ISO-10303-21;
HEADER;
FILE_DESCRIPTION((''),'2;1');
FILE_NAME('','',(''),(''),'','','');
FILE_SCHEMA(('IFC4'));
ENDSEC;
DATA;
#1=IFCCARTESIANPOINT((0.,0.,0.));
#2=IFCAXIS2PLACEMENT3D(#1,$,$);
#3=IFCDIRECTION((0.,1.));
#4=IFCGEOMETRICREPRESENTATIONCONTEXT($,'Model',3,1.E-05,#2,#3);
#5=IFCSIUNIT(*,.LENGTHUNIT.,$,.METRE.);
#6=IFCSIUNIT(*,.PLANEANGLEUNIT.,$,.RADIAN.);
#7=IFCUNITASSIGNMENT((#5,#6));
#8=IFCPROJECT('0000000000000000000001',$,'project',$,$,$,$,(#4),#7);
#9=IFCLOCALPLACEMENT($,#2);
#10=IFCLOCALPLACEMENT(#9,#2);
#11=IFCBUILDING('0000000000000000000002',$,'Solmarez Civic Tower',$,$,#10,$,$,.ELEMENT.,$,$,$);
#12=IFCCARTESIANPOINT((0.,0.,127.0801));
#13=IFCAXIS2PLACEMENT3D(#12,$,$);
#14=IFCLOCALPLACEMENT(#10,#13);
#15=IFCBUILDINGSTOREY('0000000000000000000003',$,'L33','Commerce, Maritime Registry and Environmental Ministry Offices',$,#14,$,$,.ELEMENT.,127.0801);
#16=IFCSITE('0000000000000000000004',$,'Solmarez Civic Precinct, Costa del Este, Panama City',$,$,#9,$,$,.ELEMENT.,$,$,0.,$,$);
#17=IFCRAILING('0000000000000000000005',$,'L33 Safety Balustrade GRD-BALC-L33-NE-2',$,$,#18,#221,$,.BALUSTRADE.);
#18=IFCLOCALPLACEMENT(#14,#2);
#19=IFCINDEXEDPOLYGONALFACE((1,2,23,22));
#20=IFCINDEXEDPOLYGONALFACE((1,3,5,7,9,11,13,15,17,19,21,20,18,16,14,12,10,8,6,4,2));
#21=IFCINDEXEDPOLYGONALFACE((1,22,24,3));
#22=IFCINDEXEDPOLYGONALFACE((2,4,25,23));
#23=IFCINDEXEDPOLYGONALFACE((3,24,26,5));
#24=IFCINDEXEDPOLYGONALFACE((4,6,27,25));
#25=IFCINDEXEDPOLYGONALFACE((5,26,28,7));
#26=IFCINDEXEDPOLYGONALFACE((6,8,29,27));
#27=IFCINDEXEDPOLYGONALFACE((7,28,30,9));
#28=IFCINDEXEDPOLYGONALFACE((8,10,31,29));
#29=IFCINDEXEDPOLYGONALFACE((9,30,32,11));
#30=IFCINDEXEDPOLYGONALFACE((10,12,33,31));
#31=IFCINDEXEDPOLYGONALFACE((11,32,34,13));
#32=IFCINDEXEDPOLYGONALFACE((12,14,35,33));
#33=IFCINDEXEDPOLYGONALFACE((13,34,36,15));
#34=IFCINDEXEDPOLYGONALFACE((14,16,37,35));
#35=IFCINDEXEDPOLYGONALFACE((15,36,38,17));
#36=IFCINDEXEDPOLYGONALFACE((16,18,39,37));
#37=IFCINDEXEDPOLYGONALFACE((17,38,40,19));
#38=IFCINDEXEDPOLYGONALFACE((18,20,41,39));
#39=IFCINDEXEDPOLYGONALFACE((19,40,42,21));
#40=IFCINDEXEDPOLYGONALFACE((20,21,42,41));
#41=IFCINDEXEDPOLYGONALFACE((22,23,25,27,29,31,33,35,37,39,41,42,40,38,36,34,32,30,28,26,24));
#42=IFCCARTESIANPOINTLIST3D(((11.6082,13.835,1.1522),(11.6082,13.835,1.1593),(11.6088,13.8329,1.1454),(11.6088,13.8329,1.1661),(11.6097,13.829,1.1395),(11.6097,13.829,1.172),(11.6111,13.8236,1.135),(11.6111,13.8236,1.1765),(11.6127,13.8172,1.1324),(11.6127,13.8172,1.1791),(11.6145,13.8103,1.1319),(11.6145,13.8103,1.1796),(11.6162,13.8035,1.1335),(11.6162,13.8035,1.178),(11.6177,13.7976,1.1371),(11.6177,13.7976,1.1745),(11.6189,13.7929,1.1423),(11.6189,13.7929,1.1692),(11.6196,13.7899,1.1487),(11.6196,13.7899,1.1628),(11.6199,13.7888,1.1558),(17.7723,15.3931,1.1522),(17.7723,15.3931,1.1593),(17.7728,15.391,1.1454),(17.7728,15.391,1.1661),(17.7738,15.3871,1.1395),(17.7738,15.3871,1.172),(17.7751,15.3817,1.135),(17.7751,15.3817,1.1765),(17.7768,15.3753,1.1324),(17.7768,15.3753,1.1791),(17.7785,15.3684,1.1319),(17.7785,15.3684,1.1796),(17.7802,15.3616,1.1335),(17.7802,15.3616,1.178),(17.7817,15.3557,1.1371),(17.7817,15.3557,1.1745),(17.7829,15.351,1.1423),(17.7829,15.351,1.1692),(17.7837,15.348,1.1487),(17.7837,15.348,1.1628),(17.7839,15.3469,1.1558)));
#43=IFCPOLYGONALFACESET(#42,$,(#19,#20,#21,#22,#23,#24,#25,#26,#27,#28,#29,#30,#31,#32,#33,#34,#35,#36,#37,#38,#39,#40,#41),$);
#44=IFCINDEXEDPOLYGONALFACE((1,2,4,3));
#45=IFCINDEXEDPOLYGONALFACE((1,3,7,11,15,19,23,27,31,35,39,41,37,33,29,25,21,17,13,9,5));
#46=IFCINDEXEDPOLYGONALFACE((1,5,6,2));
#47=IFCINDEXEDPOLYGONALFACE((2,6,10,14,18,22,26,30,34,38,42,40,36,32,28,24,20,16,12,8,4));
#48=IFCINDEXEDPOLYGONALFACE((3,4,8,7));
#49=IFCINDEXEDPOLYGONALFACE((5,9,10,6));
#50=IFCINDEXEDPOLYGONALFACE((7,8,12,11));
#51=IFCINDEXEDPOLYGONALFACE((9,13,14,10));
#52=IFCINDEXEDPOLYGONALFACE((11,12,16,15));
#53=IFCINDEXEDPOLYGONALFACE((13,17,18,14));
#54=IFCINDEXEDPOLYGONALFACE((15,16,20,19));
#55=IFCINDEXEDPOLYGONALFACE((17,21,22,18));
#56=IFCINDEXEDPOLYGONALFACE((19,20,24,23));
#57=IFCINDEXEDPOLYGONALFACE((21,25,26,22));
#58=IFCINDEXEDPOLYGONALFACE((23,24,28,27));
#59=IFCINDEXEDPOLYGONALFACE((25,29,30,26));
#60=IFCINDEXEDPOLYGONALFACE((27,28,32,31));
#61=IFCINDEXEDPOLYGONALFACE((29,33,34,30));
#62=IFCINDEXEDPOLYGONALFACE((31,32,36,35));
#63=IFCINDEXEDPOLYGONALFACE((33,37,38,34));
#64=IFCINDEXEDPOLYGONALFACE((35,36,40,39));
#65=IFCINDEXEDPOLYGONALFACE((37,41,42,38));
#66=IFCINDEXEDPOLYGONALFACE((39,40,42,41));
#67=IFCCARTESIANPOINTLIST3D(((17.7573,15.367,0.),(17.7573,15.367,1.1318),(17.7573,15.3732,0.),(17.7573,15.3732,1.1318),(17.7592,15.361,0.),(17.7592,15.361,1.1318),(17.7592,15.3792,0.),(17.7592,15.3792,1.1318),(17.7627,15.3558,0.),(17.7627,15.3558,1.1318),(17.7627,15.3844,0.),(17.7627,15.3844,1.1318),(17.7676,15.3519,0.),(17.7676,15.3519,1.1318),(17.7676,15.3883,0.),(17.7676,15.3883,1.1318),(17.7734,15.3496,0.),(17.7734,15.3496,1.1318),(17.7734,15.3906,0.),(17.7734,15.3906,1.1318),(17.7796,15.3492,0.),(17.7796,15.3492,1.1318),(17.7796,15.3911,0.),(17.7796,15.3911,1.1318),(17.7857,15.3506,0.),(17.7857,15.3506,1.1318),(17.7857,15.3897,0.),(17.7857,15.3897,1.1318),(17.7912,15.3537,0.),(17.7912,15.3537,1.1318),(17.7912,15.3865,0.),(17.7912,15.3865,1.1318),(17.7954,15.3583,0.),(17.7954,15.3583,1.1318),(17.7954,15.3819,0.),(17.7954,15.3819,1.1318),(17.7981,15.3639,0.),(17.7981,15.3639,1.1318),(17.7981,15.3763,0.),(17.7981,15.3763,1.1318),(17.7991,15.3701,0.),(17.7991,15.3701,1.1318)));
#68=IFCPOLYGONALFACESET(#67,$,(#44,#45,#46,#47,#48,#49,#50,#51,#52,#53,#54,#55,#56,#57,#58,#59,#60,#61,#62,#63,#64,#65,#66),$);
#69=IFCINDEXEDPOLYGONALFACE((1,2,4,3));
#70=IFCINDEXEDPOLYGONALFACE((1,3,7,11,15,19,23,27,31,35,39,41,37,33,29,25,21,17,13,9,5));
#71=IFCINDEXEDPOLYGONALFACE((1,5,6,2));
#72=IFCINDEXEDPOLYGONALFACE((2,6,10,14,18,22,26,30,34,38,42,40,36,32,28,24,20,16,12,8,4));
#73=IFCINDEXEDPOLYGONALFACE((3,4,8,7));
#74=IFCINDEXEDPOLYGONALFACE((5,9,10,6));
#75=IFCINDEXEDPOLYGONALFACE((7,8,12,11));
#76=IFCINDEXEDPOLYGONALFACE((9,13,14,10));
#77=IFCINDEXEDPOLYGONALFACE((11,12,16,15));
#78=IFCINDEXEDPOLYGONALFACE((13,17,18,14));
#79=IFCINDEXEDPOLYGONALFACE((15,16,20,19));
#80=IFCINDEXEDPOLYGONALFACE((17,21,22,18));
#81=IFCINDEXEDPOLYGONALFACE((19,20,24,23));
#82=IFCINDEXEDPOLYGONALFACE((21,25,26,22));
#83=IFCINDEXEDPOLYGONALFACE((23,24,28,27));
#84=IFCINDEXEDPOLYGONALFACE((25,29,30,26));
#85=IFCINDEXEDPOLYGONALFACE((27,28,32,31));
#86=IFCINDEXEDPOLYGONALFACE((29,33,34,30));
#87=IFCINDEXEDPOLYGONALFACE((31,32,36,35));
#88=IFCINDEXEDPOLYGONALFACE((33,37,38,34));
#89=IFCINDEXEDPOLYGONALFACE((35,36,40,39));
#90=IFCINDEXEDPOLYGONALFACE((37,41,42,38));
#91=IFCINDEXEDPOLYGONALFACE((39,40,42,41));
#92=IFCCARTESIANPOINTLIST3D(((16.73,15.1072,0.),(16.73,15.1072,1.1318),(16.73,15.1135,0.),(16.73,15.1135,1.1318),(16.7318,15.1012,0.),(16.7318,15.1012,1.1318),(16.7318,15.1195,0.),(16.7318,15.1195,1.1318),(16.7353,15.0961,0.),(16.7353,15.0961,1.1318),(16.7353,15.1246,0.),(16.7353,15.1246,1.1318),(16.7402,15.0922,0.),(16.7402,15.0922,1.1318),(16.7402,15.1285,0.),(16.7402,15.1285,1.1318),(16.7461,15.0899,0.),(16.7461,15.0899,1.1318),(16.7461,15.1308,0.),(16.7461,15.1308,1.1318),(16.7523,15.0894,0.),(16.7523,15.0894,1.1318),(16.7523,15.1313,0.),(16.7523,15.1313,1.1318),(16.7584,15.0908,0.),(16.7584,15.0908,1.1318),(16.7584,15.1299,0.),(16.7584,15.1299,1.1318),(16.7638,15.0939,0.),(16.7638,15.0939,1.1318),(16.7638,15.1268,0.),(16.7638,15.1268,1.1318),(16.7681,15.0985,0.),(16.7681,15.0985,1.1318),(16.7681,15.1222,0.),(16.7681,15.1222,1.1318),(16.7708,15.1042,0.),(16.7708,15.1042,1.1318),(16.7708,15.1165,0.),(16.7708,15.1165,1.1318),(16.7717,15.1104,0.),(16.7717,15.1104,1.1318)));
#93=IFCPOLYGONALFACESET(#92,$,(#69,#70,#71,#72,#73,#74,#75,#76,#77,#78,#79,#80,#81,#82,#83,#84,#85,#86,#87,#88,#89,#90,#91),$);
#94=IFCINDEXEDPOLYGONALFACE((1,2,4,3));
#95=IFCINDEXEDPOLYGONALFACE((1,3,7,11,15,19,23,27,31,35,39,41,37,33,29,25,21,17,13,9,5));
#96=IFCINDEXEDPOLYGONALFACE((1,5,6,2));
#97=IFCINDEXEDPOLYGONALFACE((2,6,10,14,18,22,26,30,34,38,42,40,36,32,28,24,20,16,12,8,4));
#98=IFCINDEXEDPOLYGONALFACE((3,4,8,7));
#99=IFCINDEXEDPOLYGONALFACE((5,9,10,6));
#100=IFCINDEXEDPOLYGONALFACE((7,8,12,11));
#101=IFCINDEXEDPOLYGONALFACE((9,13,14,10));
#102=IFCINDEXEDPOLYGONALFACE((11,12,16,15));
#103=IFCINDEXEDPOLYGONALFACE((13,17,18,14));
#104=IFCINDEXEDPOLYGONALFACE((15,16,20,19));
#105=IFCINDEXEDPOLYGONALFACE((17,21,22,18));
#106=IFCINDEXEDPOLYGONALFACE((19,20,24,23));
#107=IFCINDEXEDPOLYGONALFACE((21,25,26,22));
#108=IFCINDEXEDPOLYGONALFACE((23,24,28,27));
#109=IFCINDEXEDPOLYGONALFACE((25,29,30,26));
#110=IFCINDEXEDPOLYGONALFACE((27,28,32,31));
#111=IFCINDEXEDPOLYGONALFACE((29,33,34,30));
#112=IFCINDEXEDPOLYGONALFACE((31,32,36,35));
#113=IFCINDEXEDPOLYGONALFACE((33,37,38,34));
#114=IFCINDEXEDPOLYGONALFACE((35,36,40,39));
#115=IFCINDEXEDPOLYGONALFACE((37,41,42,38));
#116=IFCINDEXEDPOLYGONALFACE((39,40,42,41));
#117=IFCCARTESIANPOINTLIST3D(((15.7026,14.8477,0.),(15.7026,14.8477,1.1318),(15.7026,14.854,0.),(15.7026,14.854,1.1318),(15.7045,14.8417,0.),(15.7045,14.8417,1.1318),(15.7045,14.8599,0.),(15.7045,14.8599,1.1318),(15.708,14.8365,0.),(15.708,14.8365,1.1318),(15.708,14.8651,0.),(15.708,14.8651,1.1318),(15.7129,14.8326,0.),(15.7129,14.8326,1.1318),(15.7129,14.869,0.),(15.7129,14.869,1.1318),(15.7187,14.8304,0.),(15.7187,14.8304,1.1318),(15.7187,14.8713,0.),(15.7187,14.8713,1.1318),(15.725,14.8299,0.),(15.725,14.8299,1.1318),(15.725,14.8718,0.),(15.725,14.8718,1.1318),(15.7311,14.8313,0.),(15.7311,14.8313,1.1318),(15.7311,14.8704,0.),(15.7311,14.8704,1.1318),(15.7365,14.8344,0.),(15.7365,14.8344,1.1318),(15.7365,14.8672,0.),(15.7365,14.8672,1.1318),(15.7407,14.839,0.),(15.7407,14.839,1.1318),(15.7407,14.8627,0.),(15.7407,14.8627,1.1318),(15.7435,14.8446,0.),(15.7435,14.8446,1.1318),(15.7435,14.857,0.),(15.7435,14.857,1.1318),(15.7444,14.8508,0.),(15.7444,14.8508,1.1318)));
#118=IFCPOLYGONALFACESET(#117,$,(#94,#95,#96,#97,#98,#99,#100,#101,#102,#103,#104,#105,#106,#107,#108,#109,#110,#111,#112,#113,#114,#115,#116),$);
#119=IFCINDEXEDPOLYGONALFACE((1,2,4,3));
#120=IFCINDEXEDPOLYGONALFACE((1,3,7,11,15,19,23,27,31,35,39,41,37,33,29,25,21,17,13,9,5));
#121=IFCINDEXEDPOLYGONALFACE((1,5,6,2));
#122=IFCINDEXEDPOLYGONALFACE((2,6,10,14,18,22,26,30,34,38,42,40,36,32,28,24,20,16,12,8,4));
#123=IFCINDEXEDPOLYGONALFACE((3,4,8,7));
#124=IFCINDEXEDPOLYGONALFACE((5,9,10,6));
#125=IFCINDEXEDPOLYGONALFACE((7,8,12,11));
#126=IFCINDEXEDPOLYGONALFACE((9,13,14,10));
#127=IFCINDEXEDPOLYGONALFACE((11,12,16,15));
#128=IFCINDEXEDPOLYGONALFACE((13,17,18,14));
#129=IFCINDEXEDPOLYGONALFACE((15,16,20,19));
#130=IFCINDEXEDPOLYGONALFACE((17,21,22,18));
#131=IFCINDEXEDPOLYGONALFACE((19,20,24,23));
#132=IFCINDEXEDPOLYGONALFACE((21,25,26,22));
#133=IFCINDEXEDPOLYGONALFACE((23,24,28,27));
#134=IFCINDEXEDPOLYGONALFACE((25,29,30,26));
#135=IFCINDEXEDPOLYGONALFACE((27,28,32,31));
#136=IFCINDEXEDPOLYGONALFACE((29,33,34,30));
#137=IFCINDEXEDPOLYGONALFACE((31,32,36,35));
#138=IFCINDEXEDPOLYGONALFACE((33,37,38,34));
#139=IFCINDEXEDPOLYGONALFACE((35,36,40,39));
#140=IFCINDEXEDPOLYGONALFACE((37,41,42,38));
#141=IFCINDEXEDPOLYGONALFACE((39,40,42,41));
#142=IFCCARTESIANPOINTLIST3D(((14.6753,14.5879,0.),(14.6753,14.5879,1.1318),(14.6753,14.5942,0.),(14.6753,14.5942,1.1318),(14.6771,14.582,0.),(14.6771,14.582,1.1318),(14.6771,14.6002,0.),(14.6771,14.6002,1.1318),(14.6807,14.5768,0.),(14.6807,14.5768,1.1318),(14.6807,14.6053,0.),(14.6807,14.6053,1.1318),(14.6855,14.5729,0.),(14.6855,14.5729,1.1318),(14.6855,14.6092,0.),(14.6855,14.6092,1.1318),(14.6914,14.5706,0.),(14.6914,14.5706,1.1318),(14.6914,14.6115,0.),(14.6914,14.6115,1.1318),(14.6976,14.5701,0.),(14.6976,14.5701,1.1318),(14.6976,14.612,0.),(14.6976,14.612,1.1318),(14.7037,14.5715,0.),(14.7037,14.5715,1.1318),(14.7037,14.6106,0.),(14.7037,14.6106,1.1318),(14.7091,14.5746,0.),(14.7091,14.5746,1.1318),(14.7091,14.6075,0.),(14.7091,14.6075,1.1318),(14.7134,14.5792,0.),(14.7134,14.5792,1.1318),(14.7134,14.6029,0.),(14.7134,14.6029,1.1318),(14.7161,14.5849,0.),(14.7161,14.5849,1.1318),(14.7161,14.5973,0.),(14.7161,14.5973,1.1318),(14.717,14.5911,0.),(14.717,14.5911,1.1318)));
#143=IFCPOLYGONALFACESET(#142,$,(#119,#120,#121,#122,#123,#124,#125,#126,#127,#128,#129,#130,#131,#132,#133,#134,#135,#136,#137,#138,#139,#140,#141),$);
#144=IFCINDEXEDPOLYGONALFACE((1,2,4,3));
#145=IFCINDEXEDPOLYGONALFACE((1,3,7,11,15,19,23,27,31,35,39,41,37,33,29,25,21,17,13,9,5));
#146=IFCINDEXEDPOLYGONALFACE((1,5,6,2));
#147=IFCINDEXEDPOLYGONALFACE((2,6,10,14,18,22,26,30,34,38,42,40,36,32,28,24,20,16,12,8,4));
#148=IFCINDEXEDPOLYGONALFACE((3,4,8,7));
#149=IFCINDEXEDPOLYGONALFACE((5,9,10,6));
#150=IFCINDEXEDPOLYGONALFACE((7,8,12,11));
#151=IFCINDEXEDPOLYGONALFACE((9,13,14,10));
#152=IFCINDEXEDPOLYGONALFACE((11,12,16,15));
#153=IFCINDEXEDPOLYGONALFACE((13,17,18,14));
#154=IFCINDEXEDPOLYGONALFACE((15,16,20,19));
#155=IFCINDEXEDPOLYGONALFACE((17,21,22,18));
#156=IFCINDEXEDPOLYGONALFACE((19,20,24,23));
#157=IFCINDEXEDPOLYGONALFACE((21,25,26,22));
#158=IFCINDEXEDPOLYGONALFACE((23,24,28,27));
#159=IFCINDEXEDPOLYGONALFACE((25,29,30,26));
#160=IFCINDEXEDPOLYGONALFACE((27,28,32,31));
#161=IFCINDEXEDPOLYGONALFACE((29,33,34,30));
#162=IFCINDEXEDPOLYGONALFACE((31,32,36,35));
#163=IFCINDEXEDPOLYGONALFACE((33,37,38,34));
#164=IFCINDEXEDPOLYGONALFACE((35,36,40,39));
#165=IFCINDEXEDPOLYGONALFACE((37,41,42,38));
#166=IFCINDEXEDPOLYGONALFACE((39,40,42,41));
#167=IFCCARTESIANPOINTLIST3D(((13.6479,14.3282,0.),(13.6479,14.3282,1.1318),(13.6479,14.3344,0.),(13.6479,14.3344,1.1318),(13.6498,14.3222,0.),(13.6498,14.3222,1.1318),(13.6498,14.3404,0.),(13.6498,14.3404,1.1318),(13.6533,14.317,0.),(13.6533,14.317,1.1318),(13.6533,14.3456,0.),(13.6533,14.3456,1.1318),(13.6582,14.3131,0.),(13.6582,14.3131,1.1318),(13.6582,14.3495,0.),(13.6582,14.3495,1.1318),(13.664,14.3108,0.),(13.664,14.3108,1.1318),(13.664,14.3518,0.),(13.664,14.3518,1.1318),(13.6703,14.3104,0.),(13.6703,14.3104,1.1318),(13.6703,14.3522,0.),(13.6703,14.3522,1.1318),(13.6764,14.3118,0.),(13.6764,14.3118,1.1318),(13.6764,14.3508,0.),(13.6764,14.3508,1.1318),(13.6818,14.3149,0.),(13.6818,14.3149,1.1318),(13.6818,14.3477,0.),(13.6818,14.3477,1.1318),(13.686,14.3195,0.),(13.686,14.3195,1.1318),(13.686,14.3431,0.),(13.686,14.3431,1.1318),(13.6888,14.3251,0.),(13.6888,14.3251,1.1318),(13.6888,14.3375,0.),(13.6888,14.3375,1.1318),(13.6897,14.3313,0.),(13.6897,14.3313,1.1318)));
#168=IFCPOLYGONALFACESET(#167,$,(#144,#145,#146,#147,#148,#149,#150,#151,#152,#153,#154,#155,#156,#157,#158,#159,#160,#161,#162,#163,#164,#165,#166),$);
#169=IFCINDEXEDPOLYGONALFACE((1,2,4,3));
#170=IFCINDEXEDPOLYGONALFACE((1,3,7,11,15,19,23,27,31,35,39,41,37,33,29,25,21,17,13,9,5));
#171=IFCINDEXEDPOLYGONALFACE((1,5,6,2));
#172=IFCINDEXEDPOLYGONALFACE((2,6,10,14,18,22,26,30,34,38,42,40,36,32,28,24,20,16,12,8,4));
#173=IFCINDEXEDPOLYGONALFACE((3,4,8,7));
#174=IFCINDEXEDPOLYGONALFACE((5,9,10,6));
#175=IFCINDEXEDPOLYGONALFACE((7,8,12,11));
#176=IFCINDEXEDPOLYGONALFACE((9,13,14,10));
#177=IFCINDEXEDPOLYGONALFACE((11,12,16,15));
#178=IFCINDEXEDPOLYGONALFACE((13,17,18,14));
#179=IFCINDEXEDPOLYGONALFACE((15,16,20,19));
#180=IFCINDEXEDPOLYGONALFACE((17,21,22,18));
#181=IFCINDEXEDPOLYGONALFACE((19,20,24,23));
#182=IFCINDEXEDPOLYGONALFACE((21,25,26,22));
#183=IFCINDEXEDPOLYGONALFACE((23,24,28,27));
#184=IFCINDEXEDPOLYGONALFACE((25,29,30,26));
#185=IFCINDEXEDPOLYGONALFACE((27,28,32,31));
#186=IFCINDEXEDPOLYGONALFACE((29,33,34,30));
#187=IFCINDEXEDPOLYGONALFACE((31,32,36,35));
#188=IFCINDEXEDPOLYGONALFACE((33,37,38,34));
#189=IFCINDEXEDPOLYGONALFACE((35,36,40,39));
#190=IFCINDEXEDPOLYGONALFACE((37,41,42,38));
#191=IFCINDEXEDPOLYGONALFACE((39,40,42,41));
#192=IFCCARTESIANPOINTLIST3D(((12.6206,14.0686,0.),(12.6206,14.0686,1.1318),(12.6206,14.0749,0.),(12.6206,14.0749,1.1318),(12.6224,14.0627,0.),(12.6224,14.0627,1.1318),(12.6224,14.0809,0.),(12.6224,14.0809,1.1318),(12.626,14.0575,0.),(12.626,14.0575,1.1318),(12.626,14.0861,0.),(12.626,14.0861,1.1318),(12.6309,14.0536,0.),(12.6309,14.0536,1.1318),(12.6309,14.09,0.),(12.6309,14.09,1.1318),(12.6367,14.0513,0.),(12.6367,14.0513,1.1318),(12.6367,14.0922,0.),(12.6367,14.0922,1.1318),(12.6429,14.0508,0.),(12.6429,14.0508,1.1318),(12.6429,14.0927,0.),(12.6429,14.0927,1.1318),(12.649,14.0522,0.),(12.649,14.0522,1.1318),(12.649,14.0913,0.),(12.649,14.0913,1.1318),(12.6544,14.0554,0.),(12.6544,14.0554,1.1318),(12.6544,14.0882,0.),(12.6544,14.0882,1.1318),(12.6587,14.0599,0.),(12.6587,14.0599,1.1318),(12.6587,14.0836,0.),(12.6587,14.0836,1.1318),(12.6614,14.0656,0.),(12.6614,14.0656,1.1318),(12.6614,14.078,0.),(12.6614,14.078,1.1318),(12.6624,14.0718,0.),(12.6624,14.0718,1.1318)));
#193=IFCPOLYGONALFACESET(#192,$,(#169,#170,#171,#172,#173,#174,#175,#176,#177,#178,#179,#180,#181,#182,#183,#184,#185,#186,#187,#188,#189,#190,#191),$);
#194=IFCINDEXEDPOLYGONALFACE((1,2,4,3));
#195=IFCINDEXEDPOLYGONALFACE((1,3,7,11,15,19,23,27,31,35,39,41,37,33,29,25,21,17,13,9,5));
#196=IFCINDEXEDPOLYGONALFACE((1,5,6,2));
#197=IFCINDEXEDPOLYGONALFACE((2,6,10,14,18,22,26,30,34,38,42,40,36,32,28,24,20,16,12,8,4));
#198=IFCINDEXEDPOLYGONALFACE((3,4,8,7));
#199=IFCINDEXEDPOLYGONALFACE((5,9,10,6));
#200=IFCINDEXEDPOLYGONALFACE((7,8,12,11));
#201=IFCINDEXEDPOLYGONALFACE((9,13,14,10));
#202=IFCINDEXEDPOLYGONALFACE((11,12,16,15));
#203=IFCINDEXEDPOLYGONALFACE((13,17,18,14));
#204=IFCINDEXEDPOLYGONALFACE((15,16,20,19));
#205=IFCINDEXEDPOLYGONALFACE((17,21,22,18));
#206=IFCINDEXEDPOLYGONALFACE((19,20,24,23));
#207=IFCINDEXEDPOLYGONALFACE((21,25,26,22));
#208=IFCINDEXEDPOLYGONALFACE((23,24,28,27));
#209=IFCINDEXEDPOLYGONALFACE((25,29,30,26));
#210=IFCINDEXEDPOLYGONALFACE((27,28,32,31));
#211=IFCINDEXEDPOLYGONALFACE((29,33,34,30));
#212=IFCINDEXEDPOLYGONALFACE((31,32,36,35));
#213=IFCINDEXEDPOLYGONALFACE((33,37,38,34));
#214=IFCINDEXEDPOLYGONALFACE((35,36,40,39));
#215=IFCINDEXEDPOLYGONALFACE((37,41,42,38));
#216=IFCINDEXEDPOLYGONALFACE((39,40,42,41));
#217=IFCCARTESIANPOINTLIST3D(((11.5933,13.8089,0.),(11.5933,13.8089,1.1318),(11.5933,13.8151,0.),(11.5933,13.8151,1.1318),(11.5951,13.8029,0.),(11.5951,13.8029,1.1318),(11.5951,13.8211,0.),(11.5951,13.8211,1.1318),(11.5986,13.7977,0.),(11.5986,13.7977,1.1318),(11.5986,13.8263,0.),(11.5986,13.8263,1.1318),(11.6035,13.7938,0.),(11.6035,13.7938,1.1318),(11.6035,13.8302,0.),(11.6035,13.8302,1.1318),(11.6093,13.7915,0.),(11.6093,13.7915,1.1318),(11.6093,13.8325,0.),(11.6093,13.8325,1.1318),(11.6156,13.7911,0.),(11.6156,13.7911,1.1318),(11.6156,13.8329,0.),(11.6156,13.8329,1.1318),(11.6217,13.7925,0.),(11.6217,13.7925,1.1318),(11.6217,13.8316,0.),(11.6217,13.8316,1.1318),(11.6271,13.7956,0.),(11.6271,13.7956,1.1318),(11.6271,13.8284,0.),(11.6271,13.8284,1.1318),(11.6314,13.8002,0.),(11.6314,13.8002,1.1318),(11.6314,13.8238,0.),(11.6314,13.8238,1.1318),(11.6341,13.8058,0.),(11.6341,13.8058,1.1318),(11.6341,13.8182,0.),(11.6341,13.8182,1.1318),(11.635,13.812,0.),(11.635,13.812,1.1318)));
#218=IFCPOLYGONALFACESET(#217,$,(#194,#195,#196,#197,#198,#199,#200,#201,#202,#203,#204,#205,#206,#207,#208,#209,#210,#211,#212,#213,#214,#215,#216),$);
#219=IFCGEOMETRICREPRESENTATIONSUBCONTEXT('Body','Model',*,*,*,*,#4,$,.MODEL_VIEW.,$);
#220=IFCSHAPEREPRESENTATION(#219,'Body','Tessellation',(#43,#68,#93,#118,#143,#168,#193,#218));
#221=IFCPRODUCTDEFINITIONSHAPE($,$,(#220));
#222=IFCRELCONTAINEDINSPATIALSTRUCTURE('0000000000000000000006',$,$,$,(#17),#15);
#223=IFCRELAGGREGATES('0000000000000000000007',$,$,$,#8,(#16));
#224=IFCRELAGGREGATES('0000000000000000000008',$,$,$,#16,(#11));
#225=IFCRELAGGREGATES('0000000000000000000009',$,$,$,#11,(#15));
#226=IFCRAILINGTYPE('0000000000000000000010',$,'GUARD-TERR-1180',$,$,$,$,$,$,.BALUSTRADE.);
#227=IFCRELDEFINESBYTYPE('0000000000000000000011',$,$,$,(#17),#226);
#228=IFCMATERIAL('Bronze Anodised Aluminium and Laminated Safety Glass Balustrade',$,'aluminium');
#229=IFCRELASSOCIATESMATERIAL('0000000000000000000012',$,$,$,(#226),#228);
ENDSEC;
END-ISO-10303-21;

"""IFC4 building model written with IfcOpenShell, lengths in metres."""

from ifc_helpers import new_model, si_unit, direction, frame, origin, origin_2d, place, context, subcontext, project, spatial, circle, extrude, material, type_object, element, save


model = new_model("IFC4")

# Units and contexts
model_context = context("Model", 3, precision=1e-05, world=origin(), true_north=direction((0.0, 1.0)))
body_context = subcontext(model_context, "Body", "Model", "MODEL_VIEW")
ifc_project = project(units=[si_unit("LENGTHUNIT", "METRE"), si_unit("PLANEANGLEUNIT", "RADIAN")], contexts=[model_context])

# Site, building, storey
site_placement = place(None, origin())
site = spatial("IfcSite", under=ifc_project, at=site_placement, Name="Solmarez Civic Precinct, Costa del Este, Panama City", CompositionType="ELEMENT", RefElevation=0.0)
building_placement = place(site_placement, origin())
building = spatial("IfcBuilding", under=site, at=building_placement, Name="Solmarez Civic Tower", CompositionType="ELEMENT")
storey_placement = place(building_placement, frame((0.0, 0.0, 127.0801)))
storey = spatial("IfcBuildingStorey", under=building, at=storey_placement, Name="L33", Description="Commerce, Maritime Registry and Environmental Ministry Offices", CompositionType="ELEMENT", Elevation=127.0801)

# Railing
ifc_material_1 = material(Name="Bronze Anodised Aluminium and Laminated Safety Glass Balustrade", Category="aluminium")
railing_type = type_object("IfcRailingType", Name="GUARD-TERR-1180", PredefinedType="BALUSTRADE", material=ifc_material_1)
railing_1_placement = place(storey_placement, frame((17.7781, 15.3701, 0.0)))
element("IfcRailing", 1, at=railing_1_placement, inside=storey, type_object=railing_type, Name="L33 Safety Balustrade GRD-BALC-L33-NE-2", PredefinedType="BALUSTRADE", context=body_context, shape_type="SweptSolid", body=[
    extrude(circle(Radius=0.0239, at=origin_2d()), frame((0.0, 0.0, 1.1558), z_axis=(-0.969507, -0.245065, 0.0), x_axis=(0.245065, -0.969507, 0.0)), (0.0, 0.0, 1.0), 6.3579),
    extrude(circle(Radius=0.021, at=origin_2d()), origin(), (0.0, 0.0, 1.0), 1.1318),
    extrude(circle(Radius=0.021, at=origin_2d()), frame((-1.0273, -0.2598, 0.0)), (0.0, 0.0, 1.0), 1.1318),
    extrude(circle(Radius=0.021, at=origin_2d()), frame((-2.0547, -0.5193, 0.0)), (0.0, 0.0, 1.0), 1.1318),
    extrude(circle(Radius=0.021, at=origin_2d()), frame((-3.082, -0.7791, 0.0)), (0.0, 0.0, 1.0), 1.1318),
    extrude(circle(Radius=0.021, at=origin_2d()), frame((-4.1094, -1.0388, 0.0)), (0.0, 0.0, 1.0), 1.1318),
    extrude(circle(Radius=0.021, at=origin_2d()), frame((-5.1367, -1.2983, 0.0)), (0.0, 0.0, 1.0), 1.1318),
    extrude(circle(Radius=0.021, at=origin_2d()), frame((-6.1641, -1.5581, 0.0)), (0.0, 0.0, 1.0), 1.1318),
])

save(model, "model.ifc")
